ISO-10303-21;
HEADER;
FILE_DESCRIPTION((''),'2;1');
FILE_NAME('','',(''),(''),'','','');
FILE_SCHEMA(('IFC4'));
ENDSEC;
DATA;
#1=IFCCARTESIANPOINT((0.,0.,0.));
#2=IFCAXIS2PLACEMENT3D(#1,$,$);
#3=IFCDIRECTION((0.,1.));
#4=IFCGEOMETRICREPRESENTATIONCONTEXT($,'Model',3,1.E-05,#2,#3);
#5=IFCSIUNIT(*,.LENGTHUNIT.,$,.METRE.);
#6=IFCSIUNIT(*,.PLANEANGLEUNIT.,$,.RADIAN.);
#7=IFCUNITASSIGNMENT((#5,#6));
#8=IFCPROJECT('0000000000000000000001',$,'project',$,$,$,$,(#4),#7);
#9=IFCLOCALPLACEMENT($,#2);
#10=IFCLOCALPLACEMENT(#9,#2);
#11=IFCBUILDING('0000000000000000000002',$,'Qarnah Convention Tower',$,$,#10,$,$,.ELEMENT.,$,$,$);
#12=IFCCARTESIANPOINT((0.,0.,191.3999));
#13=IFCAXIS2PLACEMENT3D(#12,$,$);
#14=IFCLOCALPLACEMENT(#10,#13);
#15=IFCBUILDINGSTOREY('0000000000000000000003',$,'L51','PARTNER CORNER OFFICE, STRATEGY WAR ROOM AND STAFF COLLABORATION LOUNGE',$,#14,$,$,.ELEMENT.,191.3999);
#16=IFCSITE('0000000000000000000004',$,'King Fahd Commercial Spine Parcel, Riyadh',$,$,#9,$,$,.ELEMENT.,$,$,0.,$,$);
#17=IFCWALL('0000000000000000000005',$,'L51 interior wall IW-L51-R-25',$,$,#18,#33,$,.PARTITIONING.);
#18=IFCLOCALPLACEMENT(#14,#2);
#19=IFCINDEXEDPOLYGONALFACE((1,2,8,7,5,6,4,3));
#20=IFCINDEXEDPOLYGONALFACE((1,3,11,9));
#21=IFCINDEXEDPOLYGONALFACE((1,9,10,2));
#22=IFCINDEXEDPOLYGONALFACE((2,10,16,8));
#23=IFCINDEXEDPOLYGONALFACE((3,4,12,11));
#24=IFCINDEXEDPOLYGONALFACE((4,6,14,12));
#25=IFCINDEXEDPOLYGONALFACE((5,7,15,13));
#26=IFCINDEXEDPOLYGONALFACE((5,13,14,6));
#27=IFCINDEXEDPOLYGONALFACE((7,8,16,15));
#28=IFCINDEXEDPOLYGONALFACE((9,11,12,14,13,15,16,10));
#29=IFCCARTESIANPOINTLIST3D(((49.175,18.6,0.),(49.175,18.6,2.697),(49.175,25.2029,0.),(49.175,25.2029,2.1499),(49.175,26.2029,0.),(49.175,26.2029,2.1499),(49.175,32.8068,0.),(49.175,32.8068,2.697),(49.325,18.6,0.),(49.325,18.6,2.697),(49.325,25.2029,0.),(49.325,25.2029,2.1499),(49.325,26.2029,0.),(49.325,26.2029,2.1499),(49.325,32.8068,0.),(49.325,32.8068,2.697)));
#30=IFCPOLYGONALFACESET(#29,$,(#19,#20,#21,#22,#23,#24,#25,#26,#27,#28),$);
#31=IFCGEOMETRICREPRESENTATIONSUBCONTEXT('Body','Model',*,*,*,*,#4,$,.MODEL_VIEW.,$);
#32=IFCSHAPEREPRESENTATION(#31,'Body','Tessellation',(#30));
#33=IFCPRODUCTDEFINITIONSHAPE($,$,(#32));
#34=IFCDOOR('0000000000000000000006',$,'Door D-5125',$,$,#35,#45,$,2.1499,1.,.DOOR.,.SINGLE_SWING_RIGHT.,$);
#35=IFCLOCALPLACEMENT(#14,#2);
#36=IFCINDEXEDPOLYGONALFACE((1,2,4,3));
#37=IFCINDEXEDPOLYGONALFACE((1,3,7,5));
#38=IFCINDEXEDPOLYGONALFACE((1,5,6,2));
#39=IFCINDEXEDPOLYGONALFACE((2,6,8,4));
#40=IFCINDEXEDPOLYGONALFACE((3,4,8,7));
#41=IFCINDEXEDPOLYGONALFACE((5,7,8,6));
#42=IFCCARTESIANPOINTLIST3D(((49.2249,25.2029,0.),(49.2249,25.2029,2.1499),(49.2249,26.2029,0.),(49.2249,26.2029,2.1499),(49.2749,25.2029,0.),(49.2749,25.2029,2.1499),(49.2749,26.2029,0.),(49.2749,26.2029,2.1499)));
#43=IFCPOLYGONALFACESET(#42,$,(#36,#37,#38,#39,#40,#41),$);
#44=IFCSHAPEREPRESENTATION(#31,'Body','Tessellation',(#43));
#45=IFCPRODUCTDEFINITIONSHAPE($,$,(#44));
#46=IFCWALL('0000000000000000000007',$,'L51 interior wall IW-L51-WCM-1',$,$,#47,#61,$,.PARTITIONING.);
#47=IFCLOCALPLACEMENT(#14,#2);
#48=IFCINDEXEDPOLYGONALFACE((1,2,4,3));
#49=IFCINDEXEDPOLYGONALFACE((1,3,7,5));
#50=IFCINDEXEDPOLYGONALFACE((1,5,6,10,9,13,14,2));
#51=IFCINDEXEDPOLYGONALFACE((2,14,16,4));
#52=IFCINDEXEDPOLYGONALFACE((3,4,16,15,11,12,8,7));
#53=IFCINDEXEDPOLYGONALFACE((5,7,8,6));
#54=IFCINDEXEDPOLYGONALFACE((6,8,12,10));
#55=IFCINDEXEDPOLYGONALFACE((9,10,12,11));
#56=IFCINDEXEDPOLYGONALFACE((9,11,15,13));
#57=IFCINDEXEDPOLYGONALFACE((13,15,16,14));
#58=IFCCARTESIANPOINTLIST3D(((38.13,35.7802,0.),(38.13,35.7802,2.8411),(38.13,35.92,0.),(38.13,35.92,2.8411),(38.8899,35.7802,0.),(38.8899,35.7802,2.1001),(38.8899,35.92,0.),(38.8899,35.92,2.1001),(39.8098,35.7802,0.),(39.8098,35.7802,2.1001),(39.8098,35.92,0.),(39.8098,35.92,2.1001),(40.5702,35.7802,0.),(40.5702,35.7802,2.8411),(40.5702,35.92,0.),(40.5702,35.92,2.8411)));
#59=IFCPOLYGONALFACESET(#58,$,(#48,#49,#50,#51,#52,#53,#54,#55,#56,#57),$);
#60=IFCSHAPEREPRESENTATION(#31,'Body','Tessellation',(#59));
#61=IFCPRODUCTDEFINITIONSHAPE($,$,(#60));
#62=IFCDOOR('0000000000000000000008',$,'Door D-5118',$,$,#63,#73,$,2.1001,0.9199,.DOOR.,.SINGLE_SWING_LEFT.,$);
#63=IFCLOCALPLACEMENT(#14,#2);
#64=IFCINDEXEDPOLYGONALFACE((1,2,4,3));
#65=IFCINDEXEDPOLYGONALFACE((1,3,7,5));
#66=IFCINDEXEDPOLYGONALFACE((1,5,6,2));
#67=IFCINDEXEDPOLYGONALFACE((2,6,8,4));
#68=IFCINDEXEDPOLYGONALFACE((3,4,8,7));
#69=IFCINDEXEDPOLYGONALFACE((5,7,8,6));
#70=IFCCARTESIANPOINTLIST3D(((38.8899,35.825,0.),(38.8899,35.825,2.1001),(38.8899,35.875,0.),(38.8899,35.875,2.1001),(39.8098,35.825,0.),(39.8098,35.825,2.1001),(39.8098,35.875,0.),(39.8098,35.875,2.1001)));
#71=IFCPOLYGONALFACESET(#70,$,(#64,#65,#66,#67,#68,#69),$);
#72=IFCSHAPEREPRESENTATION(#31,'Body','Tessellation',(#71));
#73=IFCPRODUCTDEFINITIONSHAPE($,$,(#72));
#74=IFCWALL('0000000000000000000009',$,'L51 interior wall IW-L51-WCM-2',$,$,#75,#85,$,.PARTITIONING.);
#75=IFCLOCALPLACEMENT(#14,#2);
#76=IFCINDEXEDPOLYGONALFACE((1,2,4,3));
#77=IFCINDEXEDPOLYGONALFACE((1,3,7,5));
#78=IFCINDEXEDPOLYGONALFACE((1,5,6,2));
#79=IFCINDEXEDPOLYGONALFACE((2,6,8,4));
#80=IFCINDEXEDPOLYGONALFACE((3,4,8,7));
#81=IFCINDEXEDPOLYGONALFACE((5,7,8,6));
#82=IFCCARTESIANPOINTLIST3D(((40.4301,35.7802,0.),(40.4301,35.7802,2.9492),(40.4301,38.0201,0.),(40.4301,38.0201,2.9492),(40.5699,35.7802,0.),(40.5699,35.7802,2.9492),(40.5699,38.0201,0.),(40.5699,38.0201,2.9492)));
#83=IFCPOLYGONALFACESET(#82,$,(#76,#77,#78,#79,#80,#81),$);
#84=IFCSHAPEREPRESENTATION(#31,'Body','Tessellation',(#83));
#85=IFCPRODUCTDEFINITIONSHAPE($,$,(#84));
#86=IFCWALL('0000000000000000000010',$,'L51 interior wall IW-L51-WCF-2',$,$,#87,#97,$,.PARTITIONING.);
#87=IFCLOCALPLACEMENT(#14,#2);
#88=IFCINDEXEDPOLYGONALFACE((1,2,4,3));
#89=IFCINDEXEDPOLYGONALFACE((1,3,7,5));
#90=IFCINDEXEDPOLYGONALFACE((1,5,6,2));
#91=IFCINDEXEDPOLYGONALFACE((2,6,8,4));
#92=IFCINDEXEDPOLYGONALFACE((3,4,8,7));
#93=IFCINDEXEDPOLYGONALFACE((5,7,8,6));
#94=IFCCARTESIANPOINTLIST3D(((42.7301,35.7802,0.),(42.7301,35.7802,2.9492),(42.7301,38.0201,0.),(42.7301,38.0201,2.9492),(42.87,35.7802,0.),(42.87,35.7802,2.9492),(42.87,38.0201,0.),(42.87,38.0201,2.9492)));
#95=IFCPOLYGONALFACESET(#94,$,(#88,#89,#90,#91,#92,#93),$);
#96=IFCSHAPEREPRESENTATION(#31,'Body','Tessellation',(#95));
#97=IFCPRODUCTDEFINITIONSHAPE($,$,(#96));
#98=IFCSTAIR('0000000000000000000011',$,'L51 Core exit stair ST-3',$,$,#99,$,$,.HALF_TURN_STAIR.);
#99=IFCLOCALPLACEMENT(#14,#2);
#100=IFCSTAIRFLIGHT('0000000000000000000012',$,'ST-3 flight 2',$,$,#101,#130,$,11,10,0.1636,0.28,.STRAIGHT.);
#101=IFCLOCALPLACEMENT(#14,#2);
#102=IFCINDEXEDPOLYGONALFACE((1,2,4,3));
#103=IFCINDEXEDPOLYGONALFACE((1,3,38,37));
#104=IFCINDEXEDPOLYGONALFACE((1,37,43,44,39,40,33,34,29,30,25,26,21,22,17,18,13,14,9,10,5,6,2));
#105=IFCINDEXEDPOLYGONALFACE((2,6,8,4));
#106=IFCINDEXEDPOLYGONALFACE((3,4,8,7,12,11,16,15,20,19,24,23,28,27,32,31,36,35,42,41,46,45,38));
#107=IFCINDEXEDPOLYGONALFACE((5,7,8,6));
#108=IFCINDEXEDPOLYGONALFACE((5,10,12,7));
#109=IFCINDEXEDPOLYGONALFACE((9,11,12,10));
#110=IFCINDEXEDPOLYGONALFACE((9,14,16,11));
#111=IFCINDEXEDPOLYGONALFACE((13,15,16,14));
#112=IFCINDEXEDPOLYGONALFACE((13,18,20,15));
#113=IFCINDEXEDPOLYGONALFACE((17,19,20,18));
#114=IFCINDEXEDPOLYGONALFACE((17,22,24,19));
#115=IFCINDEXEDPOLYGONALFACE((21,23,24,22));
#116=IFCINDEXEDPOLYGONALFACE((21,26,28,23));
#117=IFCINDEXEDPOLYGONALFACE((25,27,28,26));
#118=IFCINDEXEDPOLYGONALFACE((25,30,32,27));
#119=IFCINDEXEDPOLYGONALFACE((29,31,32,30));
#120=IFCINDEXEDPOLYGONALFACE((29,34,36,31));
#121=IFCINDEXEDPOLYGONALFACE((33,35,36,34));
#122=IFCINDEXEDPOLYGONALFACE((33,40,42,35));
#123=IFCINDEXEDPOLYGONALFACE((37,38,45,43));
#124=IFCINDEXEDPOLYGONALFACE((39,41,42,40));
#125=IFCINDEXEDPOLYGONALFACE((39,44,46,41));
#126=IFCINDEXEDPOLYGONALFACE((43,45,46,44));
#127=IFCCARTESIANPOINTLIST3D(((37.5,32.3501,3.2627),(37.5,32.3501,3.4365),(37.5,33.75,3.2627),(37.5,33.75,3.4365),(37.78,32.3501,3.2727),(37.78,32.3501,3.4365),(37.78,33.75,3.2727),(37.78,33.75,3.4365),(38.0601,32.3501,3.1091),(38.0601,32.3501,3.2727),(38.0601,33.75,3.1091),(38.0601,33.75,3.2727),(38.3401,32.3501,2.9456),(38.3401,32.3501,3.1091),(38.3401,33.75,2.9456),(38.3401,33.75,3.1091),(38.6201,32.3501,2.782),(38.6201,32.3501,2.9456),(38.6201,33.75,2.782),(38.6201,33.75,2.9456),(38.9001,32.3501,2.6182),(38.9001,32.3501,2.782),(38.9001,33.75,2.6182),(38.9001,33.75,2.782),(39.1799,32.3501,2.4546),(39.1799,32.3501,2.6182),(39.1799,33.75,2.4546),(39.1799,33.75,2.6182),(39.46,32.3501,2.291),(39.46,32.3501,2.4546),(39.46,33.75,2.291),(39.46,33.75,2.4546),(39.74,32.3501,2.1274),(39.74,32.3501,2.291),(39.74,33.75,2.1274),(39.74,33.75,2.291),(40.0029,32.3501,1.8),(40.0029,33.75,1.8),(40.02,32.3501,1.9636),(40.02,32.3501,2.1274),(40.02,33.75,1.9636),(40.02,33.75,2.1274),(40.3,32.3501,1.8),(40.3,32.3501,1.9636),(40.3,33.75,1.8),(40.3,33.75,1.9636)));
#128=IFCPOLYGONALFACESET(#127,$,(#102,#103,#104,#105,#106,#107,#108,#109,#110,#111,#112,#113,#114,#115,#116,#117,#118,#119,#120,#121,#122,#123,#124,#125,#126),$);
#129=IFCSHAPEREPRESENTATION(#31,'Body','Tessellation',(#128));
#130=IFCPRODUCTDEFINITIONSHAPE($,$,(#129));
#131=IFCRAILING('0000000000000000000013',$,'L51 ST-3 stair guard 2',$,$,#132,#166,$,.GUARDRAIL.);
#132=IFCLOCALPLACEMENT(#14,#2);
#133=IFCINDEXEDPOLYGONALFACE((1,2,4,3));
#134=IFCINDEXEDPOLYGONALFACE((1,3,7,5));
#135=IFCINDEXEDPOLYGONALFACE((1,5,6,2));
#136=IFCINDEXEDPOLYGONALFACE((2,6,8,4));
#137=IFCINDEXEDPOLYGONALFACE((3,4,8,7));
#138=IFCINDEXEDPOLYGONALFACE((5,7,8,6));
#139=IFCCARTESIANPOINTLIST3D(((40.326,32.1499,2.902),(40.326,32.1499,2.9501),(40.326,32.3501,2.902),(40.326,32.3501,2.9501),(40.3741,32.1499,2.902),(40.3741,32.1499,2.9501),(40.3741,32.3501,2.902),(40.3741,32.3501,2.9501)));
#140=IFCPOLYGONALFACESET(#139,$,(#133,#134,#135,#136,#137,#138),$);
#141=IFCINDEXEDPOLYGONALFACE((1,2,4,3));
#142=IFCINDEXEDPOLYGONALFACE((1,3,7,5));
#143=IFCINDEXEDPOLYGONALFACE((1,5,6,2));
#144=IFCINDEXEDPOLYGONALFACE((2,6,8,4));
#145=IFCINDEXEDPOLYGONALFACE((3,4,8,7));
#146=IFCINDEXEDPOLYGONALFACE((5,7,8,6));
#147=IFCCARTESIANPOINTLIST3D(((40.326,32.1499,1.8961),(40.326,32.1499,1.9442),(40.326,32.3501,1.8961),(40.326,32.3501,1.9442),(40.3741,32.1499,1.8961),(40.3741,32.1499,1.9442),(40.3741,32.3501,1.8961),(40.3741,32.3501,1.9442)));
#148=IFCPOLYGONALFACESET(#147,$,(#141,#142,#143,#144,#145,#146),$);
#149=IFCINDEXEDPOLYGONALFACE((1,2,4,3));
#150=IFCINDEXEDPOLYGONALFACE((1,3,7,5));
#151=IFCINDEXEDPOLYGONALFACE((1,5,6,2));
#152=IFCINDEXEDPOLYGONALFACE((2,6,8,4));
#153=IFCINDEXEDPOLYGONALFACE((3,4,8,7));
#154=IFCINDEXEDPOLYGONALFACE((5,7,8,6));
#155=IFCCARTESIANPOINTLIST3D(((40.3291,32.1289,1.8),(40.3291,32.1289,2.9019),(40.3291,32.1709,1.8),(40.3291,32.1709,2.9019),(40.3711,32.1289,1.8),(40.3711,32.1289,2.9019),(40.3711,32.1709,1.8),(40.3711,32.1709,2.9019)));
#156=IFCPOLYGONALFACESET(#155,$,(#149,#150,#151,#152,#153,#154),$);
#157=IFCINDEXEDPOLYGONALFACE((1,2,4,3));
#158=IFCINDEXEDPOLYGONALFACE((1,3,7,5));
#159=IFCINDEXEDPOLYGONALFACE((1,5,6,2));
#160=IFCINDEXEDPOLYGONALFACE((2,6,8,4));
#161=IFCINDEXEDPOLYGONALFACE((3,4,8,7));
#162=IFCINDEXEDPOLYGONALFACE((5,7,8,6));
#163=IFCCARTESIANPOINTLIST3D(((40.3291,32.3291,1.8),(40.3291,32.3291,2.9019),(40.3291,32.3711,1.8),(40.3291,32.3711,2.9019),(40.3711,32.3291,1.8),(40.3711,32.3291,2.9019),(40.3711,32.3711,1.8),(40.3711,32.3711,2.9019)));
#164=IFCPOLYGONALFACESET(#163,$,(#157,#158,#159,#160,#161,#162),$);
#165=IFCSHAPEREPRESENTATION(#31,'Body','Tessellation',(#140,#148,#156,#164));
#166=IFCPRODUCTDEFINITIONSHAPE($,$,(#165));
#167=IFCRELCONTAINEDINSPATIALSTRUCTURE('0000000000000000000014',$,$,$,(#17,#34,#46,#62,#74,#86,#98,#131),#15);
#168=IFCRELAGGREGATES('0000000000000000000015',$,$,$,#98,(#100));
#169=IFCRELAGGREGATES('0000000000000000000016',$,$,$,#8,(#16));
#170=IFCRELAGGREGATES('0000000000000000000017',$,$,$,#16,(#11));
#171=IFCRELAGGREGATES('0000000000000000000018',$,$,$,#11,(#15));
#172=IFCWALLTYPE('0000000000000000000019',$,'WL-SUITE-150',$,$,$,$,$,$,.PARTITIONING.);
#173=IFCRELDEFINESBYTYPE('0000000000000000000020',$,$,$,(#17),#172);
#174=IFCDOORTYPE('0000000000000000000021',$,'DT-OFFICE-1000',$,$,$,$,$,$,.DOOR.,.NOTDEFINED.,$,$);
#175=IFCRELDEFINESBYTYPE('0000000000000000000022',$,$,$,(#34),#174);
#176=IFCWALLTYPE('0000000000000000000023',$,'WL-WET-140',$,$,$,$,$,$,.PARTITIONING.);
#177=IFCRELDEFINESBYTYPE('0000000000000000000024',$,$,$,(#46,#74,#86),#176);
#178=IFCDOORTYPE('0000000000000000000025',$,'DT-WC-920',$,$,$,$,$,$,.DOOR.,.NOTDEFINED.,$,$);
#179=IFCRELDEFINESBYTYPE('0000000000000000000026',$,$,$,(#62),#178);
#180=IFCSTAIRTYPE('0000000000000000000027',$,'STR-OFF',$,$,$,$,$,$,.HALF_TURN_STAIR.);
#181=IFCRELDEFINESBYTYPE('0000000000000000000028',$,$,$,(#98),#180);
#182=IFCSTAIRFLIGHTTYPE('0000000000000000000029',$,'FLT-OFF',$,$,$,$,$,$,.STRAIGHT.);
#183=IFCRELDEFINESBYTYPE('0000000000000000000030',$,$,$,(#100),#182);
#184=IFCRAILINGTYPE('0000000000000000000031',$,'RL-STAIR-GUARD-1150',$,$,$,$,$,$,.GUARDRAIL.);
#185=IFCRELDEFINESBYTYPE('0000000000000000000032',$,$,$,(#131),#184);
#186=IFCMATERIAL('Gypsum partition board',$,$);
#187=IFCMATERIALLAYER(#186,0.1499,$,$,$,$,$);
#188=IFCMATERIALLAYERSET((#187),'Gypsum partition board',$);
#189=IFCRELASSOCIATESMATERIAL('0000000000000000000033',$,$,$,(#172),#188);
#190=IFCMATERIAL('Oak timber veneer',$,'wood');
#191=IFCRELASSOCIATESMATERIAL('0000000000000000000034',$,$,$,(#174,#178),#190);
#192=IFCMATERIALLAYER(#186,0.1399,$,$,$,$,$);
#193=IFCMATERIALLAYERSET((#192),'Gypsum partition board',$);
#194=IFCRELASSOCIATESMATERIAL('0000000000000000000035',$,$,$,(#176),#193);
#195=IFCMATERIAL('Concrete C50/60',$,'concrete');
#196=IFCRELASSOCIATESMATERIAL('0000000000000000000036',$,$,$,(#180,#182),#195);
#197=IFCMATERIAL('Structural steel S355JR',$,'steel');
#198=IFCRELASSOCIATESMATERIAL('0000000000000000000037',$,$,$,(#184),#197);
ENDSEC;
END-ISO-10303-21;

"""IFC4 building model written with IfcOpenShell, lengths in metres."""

from ifc_helpers import new_model, si_unit, direction, frame, frame_2d, origin, origin_2d, place, context, subcontext, project, spatial, polyline, rectangle, outline, extrude, material, layer, layer_set, type_object, element, fill, aggregate, save


model = new_model("IFC4")

# Units and contexts
model_context = context("Model", 3, precision=1e-05, world=origin(), true_north=direction((0.0, 1.0)))
body_context = subcontext(model_context, "Body", "Model", "MODEL_VIEW")
ifc_project = project(units=[si_unit("LENGTHUNIT", "METRE"), si_unit("PLANEANGLEUNIT", "RADIAN")], contexts=[model_context])

# Site, building, storey
site_placement = place(None, origin())
site = spatial("IfcSite", under=ifc_project, at=site_placement, Name="King Fahd Commercial Spine Parcel, Riyadh", CompositionType="ELEMENT", RefElevation=0.0)
building_placement = place(site_placement, origin())
building = spatial("IfcBuilding", under=site, at=building_placement, Name="Qarnah Convention Tower", CompositionType="ELEMENT")
storey_placement = place(building_placement, frame((0.0, 0.0, 191.3999)))
storey = spatial("IfcBuildingStorey", under=building, at=storey_placement, Name="L51", Description="PARTNER CORNER OFFICE, STRATEGY WAR ROOM AND STAFF COLLABORATION LOUNGE", CompositionType="ELEMENT", Elevation=191.3999)

# Shared definitions
ifc_material_1 = material(Name="Concrete C50/60", Category="concrete")

# Shared definitions
ifc_material_2 = material(Name="Structural steel S355JR", Category="steel")

# Shared definitions
ifc_material_3 = material(Name="Gypsum partition board")
ifc_layer_1 = layer(ifc_material_3, 0.1499)
ifc_layer_set_1 = layer_set([ifc_layer_1], Name="Gypsum partition board")
wall_type_1 = type_object("IfcWallType", Name="WL-SUITE-150", PredefinedType="PARTITIONING", material=ifc_layer_set_1)

# Walls, openings, doors
wall_1_placement = place(storey_placement, frame((49.25, 32.8069, 0.0), z_axis=(0.0, 0.0, 1.0), x_axis=(0.0, -1.0, 0.0)))
wall_1 = element("IfcWall", 1, at=wall_1_placement, inside=storey, type_object=wall_type_1, Name="L51 interior wall IW-L51-R-25", PredefinedType="PARTITIONING", context=body_context, shape_type="SweptSolid", body=[
    extrude(rectangle(XDim=14.2068, YDim=0.1499, at=frame_2d((7.1035, 0.0))), origin(), (0.0, 0.0, 1.0), 2.697),
])
opening_1_placement = place(wall_1_placement, frame((6.604, 0.0, 0.0)))
opening_1 = element("IfcOpeningElement", 2, at=opening_1_placement, cuts=wall_1, PredefinedType="OPENING", context=body_context, shape_type="SweptSolid", body=[
    extrude(rectangle(XDim=1.0, YDim=2.1499, at=frame_2d((0.5, 1.075))), frame((0.0, 0.085, 0.0), z_axis=(0.0, -1.0, 0.0), x_axis=(1.0, 0.0, 0.0)), (0.0, 0.0, 1.0), 0.1699),
])
ifc_material_4 = material(Name="Oak timber veneer", Category="wood")
door_type_1 = type_object("IfcDoorType", Name="DT-OFFICE-1000", OperationType="NOTDEFINED", PredefinedType="DOOR", material=ifc_material_4)
door_1_placement = place(opening_1_placement, origin())
door_1 = element("IfcDoor", 3, at=door_1_placement, inside=storey, type_object=door_type_1, Name="Door D-5125", OperationType="SINGLE_SWING_RIGHT", OverallHeight=2.1499, OverallWidth=1.0, PredefinedType="DOOR", context=body_context, shape_type="SweptSolid", body=[
    extrude(rectangle(XDim=1.0, YDim=2.1499, at=frame_2d((0.5, 1.075))), frame((0.0, 0.0249, 0.0), z_axis=(0.0, -1.0, 0.0), x_axis=(1.0, 0.0, 0.0)), (0.0, 0.0, 1.0), 0.05),
])
fill(opening_1, door_1)
ifc_layer_2 = layer(ifc_material_3, 0.1399)
ifc_layer_set_2 = layer_set([ifc_layer_2], Name="Gypsum partition board")
wall_type_2 = type_object("IfcWallType", Name="WL-WET-140", PredefinedType="PARTITIONING", material=ifc_layer_set_2)
wall_2_placement = place(storey_placement, frame((38.1299, 35.8501, 0.0), z_axis=(0.0, 0.0, 1.0), x_axis=(1.0, 0.0, 0.0)))
wall_2 = element("IfcWall", 4, at=wall_2_placement, inside=storey, type_object=wall_type_2, Name="L51 interior wall IW-L51-WCM-1", PredefinedType="PARTITIONING", context=body_context, shape_type="SweptSolid", body=[
    extrude(rectangle(XDim=2.4402, YDim=0.1399, at=frame_2d((1.2202, 0.0))), origin(), (0.0, 0.0, 1.0), 2.8411),
])
opening_2_placement = place(wall_2_placement, frame((0.76, 0.0, 0.0)))
opening_2 = element("IfcOpeningElement", 5, at=opening_2_placement, cuts=wall_2, PredefinedType="OPENING", context=body_context, shape_type="SweptSolid", body=[
    extrude(rectangle(XDim=0.9199, YDim=2.1001, at=frame_2d((0.46, 1.05))), frame((0.0, 0.0798, 0.0), z_axis=(0.0, -1.0, 0.0), x_axis=(1.0, 0.0, 0.0)), (0.0, 0.0, 1.0), 0.1599),
])
door_type_2 = type_object("IfcDoorType", Name="DT-WC-920", OperationType="NOTDEFINED", PredefinedType="DOOR", material=ifc_material_4)
door_2_placement = place(opening_2_placement, origin())
door_2 = element("IfcDoor", 6, at=door_2_placement, inside=storey, type_object=door_type_2, Name="Door D-5118", OperationType="SINGLE_SWING_LEFT", OverallHeight=2.1001, OverallWidth=0.9199, PredefinedType="DOOR", context=body_context, shape_type="SweptSolid", body=[
    extrude(rectangle(XDim=0.9199, YDim=2.1001, at=frame_2d((0.46, 1.05))), frame((0.0, 0.0249, 0.0), z_axis=(0.0, -1.0, 0.0), x_axis=(1.0, 0.0, 0.0)), (0.0, 0.0, 1.0), 0.05),
])
fill(opening_2, door_2)

# Walls
for number, where, z_axis, x_axis, name in (
    (7, (40.5, 35.78, 0.0), (0.0, 0.0, 1.0), (0.0, 1.0, 0.0), "L51 interior wall IW-L51-WCM-2"),
    (8, (42.8, 35.78, 0.0), (0.0, 0.0, 1.0), (0.0, 1.0, 0.0), "L51 interior wall IW-L51-WCF-2"),
):
    element("IfcWall", number, at=place(storey_placement, frame(where, z_axis=z_axis, x_axis=x_axis)), inside=storey, type_object=wall_type_2, Name=name, PredefinedType="PARTITIONING", context=body_context, shape_type="SweptSolid", body=[
        extrude(rectangle(XDim=2.24, YDim=0.1399, at=frame_2d((1.1201, 0.0))), origin(), (0.0, 0.0, 1.0), 2.9492),
    ])

# Stair, stair flight
stair_type = type_object("IfcStairType", Name="STR-OFF", PredefinedType="HALF_TURN_STAIR", material=ifc_material_1)
stair_placement = place(storey_placement, origin())
stair = element("IfcStair", 9, at=stair_placement, inside=storey, type_object=stair_type, Name="L51 Core exit stair ST-3", PredefinedType="HALF_TURN_STAIR")
stair_flight_type = type_object("IfcStairFlightType", Name="FLT-OFF", PredefinedType="STRAIGHT", material=ifc_material_1)
stair_flight_placement = place(storey_placement, frame((40.3, 33.05, 1.8), z_axis=(0.0, 0.0, 1.0), x_axis=(-1.0, 0.0, 0.0)))
stair_flight = element("IfcStairFlight", 10, at=stair_flight_placement, type_object=stair_flight_type, Name="ST-3 flight 2", NumberOfRisers=11, NumberOfTreads=10, PredefinedType="STRAIGHT", RiserHeight=0.1636, TreadLength=0.28, context=body_context, shape_type="SweptSolid", body=[
    extrude(outline(polyline([(0.0, 0.0), (0.0, 0.1636), (0.28, 0.1636), (0.28, 0.3274), (0.5601, 0.3274), (0.5601, 0.491), (0.8401, 0.491), (0.8401, 0.6545), (1.1201, 0.6545), (1.1201, 0.8181), (1.3999, 0.8181), (1.3999, 0.9819), (1.6799, 0.9819), (1.6799, 1.1455), (1.96, 1.1455), (1.96, 1.3091), (2.24, 1.3091), (2.24, 1.4727), (2.52, 1.4727), (2.52, 1.6365), (2.8, 1.6365), (2.8, 1.8), (2.8, 1.4626), (0.2971, 0.0), (0.0, 0.0)])), frame((0.0, 0.7, 0.0), z_axis=(0.0, -1.0, 0.0), x_axis=(1.0, 0.0, 0.0)), (0.0, 0.0, 1.0), 1.3999),
])
aggregate(stair, [stair_flight])

# Railing
railing_type_1 = type_object("IfcRailingType", Name="RL-STAIR-GUARD-1150", PredefinedType="GUARDRAIL", material=ifc_material_2)
railing_1_placement = place(storey_placement, frame((40.3501, 32.1499, 1.8)))
element("IfcRailing", 11, at=railing_1_placement, inside=storey, type_object=railing_type_1, Name="L51 ST-3 stair guard 2", PredefinedType="GUARDRAIL", context=body_context, shape_type="SweptSolid", body=[
    extrude(rectangle(XDim=0.0481, YDim=0.0481, at=origin_2d()), frame((0.0, 0.0, 1.126), z_axis=(0.0, 1.0, 0.0), x_axis=(-1.0, 0.0, 0.0)), (0.0, 0.0, 1.0), 0.2002),
    extrude(rectangle(XDim=0.0481, YDim=0.0481, at=origin_2d()), frame((0.0, 0.0, 0.1201), z_axis=(0.0, 1.0, 0.0), x_axis=(-1.0, 0.0, 0.0)), (0.0, 0.0, 1.0), 0.2002),
    extrude(rectangle(XDim=0.042, YDim=0.042, at=origin_2d()), origin(), (0.0, 0.0, 1.0), 1.1018),
    extrude(rectangle(XDim=0.042, YDim=0.042, at=origin_2d()), frame((0.0, 0.2002, 0.0)), (0.0, 0.0, 1.0), 1.1018),
])

save(model, "model.ifc")
